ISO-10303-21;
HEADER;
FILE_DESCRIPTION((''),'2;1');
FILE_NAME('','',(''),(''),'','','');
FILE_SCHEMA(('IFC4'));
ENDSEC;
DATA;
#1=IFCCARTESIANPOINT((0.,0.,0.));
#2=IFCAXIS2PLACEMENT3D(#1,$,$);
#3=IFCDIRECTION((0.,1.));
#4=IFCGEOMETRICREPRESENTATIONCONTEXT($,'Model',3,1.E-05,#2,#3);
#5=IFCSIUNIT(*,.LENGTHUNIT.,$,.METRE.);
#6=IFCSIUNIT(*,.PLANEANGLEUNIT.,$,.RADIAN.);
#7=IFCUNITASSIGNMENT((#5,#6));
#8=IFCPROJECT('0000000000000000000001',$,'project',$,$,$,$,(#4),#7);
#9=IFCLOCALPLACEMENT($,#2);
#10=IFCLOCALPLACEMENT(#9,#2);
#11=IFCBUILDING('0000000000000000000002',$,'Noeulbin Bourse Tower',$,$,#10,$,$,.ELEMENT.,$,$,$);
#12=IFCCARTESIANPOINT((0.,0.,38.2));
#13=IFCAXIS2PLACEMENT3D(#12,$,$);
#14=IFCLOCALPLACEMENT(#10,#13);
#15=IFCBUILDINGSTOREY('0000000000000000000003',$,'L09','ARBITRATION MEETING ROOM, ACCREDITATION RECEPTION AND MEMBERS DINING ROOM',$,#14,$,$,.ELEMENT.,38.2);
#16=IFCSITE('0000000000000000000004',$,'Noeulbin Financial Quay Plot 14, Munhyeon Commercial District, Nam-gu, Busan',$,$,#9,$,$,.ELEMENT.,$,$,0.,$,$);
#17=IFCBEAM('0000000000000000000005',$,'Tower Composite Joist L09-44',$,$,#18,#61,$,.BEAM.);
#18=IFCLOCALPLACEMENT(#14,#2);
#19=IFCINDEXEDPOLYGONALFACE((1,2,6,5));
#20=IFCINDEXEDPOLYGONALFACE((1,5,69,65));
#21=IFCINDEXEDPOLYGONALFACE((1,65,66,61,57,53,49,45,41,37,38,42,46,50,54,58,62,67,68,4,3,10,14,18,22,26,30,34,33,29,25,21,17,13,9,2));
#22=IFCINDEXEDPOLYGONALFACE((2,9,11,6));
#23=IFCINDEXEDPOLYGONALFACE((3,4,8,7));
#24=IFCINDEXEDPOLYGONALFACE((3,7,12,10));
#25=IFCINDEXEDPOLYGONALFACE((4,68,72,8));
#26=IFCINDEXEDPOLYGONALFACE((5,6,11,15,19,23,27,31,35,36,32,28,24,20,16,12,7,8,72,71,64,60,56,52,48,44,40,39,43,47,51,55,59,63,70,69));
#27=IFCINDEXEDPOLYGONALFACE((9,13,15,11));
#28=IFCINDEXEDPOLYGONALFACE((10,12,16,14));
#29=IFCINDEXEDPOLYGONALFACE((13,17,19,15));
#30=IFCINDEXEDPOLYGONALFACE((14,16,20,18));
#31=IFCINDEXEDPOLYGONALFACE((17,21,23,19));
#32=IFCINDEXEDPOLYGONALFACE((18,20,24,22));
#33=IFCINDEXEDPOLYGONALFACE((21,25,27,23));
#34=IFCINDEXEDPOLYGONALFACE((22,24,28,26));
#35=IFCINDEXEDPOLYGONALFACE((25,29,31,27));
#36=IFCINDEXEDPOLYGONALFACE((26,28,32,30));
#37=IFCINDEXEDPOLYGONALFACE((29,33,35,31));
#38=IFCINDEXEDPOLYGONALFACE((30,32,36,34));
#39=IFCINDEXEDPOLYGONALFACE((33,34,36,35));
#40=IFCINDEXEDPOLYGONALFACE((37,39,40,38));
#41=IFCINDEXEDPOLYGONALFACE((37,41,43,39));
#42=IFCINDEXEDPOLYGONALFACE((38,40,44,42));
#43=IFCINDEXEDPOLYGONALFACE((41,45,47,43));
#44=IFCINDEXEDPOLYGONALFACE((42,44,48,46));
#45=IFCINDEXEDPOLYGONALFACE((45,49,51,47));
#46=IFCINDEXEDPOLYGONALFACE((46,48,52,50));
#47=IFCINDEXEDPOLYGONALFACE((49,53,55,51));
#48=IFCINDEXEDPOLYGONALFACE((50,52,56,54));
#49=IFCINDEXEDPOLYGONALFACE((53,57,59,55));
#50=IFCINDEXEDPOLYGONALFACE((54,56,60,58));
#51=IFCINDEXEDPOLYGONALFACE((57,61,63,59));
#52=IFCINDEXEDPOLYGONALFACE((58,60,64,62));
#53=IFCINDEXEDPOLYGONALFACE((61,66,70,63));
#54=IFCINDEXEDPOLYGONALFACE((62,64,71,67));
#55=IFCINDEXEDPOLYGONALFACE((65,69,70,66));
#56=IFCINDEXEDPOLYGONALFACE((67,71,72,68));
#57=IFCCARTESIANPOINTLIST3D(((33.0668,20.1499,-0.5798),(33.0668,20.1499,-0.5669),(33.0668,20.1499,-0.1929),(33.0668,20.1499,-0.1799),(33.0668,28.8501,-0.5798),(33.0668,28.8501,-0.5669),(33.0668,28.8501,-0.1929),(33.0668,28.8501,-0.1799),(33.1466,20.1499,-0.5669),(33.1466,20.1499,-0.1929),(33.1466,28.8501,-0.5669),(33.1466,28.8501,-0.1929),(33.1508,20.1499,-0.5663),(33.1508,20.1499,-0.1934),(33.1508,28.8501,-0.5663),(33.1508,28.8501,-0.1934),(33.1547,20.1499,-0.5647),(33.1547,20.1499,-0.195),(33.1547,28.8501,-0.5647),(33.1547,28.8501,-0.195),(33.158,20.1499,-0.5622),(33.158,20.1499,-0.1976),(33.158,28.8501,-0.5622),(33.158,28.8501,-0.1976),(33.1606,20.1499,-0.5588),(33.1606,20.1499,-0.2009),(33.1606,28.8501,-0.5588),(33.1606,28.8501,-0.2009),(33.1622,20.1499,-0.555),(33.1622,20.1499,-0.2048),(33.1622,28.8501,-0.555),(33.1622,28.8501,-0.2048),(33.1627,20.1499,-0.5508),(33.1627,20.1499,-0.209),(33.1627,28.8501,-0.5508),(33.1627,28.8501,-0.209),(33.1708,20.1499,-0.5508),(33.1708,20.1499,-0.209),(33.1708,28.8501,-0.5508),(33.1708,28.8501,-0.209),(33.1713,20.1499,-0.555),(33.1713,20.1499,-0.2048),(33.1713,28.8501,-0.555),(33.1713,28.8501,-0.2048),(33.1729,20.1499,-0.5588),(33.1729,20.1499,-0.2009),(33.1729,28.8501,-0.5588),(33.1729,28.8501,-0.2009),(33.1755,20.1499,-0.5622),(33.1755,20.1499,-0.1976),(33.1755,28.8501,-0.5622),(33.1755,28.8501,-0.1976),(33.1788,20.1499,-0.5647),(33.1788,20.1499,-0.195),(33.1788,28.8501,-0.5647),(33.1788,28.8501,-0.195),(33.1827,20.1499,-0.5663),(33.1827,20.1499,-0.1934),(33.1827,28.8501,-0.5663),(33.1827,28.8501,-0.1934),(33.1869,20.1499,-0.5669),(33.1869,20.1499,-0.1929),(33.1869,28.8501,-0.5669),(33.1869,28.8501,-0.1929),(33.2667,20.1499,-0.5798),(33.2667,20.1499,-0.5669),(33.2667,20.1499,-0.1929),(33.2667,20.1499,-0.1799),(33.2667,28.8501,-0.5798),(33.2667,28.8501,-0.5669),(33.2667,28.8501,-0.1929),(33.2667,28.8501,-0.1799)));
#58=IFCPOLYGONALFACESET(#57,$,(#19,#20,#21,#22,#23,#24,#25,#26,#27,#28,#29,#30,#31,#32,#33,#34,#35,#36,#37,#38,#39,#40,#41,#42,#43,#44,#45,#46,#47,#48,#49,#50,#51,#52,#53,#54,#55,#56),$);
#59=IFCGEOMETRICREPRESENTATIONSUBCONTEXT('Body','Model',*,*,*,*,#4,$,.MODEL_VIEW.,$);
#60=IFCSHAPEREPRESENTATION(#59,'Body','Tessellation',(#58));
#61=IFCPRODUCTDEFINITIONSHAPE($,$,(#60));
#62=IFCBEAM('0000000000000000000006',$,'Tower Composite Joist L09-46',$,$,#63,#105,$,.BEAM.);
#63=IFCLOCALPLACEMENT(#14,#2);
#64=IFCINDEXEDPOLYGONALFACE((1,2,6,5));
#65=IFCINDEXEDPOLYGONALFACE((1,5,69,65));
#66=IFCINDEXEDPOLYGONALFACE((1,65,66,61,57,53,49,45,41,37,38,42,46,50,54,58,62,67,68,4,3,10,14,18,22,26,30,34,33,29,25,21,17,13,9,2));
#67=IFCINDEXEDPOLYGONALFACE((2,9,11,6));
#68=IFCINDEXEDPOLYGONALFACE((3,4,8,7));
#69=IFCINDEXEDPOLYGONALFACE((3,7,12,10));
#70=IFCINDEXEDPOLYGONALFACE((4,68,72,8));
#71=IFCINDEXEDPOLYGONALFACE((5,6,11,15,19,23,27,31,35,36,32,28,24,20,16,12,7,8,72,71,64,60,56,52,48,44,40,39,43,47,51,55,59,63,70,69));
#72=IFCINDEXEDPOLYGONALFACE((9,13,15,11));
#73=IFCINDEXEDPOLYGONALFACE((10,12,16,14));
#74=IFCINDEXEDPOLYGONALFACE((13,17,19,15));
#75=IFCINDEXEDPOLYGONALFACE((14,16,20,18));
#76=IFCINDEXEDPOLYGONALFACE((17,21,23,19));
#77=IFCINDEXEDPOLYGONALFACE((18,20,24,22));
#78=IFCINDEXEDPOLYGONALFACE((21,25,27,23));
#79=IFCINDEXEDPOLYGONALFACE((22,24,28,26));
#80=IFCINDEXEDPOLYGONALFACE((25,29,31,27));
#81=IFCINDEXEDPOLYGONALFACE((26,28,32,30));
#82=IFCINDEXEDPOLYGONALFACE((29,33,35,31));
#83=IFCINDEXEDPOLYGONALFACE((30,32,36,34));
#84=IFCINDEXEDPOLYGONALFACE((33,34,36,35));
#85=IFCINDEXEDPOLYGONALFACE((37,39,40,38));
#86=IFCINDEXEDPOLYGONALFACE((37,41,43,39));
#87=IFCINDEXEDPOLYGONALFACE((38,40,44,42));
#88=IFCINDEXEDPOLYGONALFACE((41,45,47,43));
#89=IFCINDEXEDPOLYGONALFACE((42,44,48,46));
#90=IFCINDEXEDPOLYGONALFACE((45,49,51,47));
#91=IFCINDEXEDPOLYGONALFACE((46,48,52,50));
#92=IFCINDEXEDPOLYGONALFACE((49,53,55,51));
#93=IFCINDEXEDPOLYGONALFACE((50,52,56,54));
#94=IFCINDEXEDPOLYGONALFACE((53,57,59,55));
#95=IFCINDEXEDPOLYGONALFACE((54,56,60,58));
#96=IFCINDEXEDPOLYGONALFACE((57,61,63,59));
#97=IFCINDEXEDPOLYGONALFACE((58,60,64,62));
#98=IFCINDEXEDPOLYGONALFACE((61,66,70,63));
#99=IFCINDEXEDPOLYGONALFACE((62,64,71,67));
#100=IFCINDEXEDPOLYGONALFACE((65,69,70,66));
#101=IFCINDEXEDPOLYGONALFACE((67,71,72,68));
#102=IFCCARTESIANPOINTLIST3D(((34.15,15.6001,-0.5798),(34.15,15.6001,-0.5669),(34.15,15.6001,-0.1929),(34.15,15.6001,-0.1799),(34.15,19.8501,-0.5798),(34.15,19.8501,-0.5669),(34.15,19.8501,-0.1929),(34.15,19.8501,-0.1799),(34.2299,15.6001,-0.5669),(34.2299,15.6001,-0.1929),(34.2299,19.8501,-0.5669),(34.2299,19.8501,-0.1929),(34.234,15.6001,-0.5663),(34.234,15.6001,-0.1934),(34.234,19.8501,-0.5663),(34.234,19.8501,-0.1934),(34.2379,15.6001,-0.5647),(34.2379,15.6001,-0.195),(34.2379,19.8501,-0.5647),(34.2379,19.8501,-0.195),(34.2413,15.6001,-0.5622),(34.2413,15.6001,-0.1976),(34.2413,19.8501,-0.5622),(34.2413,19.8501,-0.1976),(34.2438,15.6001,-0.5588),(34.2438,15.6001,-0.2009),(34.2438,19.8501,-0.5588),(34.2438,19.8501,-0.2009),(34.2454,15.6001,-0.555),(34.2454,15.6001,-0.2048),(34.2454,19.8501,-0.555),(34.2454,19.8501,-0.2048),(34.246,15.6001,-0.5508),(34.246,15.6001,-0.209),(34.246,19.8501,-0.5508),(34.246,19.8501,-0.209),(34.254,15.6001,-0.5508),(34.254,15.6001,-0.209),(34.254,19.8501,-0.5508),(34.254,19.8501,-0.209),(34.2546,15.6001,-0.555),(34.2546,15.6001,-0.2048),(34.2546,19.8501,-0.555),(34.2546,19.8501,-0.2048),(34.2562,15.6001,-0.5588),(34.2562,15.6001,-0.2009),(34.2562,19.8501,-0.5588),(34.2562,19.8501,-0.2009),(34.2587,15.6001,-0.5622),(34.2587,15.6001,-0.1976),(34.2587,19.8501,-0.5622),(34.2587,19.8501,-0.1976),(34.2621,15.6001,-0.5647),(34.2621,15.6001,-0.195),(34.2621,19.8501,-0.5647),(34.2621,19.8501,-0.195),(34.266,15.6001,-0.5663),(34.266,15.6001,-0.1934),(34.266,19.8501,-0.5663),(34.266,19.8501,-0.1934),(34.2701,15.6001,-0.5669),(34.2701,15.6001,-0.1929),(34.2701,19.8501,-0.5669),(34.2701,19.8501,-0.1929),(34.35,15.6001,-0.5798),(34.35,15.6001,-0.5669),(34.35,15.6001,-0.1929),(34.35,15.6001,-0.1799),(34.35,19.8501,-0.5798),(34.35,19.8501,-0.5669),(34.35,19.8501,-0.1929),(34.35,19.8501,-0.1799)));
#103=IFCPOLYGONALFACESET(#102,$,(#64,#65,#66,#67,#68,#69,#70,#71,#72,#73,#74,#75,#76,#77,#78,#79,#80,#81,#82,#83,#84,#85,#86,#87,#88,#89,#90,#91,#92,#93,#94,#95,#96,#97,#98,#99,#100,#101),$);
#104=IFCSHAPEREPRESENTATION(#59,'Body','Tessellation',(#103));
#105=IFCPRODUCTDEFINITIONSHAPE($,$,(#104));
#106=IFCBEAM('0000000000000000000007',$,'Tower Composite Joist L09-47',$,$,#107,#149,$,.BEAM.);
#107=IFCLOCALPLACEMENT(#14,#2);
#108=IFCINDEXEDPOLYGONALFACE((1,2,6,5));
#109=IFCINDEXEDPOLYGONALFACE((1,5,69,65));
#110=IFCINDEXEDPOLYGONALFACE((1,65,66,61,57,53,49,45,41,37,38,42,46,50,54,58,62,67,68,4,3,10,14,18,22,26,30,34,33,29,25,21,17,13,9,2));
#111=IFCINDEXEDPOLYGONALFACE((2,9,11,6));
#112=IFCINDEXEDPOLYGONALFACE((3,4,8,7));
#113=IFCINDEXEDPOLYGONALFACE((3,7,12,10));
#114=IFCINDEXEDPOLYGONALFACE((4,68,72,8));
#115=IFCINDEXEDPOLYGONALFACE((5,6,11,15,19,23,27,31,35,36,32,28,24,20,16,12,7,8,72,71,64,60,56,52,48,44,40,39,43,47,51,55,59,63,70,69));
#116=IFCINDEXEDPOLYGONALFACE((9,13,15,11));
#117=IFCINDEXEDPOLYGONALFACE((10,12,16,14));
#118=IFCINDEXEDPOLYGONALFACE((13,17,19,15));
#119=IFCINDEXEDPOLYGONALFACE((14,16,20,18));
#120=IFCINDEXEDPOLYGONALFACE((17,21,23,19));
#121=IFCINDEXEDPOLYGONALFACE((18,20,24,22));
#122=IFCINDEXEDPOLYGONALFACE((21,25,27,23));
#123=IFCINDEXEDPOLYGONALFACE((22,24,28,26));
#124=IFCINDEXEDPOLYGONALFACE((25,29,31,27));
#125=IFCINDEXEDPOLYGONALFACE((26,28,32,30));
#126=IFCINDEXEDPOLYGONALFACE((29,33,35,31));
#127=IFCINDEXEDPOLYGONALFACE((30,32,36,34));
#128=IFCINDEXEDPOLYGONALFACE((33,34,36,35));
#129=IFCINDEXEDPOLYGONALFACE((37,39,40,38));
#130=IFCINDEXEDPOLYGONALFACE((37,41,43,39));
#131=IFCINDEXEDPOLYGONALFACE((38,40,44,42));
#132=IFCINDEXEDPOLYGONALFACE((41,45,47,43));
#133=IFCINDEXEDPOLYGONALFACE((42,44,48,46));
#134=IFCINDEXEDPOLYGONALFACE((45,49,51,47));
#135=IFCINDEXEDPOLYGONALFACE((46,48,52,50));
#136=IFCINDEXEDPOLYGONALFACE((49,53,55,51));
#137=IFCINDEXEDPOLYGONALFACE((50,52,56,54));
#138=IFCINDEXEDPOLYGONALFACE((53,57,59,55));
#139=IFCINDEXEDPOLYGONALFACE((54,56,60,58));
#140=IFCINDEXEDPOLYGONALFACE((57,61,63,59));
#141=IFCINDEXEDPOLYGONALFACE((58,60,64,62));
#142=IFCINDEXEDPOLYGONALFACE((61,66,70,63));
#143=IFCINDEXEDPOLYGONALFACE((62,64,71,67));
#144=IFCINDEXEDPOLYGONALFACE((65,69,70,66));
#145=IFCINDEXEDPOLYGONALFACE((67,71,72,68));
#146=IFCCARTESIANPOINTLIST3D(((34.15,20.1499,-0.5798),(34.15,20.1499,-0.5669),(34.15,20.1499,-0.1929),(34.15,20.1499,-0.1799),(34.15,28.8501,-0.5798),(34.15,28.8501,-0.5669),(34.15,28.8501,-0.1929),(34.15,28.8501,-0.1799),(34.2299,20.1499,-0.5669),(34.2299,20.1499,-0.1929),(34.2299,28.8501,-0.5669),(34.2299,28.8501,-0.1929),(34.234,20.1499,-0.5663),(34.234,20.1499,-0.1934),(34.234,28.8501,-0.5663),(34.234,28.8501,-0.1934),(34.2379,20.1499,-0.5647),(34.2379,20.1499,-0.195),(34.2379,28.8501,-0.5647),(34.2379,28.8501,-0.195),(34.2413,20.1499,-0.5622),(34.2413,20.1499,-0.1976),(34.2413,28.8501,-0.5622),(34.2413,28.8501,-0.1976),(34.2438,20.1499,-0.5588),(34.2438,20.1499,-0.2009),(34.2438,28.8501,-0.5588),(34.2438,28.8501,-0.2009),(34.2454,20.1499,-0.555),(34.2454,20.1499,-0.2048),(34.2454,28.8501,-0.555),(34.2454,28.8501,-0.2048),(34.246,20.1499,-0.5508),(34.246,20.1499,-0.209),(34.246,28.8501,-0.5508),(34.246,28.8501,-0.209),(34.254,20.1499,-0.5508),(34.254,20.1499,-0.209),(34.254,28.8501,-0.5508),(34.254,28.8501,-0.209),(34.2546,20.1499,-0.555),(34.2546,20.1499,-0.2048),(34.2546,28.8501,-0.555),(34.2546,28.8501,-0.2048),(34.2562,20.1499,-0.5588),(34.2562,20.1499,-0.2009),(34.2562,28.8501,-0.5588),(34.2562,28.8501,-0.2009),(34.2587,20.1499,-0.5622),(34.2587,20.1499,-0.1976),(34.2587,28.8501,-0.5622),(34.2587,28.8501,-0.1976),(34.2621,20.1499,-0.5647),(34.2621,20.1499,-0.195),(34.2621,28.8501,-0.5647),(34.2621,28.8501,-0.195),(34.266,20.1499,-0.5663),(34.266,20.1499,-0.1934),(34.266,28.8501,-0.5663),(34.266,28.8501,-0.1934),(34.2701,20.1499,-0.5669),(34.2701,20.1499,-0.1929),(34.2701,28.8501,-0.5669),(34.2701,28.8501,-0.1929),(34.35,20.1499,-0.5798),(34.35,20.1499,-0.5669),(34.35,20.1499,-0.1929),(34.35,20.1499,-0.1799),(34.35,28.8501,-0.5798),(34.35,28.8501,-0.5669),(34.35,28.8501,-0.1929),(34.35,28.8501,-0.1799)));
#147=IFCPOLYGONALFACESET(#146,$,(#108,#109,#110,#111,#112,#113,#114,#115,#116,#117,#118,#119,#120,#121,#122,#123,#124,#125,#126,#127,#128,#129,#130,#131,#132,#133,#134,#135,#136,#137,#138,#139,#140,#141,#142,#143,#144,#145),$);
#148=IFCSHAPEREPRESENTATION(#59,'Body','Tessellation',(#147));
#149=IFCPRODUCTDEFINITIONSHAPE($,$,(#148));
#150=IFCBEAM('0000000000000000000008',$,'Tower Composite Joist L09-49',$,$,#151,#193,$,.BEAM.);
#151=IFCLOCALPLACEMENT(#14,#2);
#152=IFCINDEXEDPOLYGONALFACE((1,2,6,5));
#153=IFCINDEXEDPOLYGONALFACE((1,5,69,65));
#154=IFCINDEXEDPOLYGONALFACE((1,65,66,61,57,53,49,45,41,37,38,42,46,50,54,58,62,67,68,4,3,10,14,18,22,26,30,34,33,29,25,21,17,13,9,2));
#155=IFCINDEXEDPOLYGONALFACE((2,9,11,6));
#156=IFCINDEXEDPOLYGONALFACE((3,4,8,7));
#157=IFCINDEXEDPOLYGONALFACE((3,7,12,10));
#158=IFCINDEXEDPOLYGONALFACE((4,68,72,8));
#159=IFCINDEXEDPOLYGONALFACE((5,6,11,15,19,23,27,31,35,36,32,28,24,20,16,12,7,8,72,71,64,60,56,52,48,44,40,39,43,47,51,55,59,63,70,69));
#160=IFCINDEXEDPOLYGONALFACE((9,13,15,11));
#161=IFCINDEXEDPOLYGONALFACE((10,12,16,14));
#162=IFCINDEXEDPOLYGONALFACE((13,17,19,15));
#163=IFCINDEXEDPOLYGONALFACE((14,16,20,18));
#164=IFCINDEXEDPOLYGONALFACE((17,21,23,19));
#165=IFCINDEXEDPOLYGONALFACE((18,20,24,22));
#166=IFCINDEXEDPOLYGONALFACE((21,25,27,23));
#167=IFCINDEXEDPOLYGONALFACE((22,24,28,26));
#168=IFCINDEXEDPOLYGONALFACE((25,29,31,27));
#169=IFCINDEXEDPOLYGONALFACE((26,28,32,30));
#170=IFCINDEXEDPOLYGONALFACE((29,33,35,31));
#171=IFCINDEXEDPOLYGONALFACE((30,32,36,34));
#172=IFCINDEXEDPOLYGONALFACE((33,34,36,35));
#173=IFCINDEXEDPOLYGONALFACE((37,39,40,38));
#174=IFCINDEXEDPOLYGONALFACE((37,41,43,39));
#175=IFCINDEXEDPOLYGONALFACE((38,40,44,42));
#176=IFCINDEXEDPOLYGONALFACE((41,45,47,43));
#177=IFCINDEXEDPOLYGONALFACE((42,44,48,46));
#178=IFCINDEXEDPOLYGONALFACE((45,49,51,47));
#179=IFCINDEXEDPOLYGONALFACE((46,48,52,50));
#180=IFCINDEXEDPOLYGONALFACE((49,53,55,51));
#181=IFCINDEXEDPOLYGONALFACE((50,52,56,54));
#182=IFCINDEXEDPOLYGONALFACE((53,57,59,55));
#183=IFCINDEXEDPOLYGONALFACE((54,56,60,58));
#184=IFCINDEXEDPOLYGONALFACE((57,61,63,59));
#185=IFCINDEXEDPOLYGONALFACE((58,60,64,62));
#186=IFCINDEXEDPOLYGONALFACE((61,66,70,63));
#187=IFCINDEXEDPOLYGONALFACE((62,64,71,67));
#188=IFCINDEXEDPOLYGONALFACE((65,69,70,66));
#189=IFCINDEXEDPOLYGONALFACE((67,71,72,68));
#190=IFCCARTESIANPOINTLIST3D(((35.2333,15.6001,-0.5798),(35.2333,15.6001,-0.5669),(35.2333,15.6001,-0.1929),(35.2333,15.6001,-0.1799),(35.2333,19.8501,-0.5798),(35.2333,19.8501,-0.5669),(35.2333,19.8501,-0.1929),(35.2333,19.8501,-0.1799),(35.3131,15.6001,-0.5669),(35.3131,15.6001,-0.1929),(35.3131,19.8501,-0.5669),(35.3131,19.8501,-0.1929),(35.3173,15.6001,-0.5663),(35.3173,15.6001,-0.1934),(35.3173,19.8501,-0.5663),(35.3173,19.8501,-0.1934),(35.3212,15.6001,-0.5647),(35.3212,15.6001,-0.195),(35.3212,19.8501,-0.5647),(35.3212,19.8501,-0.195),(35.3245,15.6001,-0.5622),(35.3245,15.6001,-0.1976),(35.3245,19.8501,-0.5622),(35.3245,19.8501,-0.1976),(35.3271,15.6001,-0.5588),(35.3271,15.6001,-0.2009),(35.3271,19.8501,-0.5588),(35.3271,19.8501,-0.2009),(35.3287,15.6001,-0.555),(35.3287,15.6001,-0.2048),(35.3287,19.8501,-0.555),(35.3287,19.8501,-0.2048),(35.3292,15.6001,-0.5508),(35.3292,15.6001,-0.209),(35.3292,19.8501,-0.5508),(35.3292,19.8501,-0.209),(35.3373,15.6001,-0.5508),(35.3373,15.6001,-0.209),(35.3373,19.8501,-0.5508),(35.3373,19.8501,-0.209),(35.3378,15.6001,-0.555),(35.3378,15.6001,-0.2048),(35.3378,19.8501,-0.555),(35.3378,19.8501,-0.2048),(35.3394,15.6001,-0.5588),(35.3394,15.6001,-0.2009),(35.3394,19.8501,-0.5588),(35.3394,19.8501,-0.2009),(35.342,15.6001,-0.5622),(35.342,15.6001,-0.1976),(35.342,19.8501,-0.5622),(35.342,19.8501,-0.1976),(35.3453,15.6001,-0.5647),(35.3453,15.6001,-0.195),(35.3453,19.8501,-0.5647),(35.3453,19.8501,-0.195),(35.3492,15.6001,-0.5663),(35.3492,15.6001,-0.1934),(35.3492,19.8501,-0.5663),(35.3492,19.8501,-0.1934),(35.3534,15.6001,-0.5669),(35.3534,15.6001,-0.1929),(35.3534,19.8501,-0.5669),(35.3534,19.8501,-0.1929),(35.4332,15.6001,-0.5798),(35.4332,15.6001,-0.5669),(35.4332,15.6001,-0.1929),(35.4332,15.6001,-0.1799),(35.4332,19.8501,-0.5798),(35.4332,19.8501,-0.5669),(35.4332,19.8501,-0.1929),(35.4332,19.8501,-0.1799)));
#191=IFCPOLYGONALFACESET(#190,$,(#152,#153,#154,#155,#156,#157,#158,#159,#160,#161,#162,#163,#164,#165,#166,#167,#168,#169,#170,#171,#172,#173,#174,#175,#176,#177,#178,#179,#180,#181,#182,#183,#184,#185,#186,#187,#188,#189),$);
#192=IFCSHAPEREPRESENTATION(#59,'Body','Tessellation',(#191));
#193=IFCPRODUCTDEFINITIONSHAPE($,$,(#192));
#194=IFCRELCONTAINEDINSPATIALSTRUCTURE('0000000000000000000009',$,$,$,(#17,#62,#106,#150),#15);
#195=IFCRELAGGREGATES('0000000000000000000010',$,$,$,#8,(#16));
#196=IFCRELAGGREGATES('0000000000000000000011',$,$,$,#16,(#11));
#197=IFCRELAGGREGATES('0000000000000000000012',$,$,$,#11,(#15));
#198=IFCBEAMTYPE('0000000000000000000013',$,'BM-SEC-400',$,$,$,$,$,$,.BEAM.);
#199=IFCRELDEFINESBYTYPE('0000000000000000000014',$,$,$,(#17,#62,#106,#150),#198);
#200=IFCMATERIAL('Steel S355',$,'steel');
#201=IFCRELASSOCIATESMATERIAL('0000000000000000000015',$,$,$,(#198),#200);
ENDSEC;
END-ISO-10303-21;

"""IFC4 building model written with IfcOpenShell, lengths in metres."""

from ifc_helpers import new_model, si_unit, direction, frame, origin, origin_2d, place, context, subcontext, project, spatial, i_section, extrude, material, material_profile, profile_set, type_object, element, save


model = new_model("IFC4")

# Units and contexts
model_context = context("Model", 3, precision=1e-05, world=origin(), true_north=direction((0.0, 1.0)))
body_context = subcontext(model_context, "Body", "Model", "MODEL_VIEW")
ifc_project = project(units=[si_unit("LENGTHUNIT", "METRE"), si_unit("PLANEANGLEUNIT", "RADIAN")], contexts=[model_context])

# Site, building, storey
site_placement = place(None, origin())
site = spatial("IfcSite", under=ifc_project, at=site_placement, Name="Noeulbin Financial Quay Plot 14, Munhyeon Commercial District, Nam-gu, Busan", CompositionType="ELEMENT", RefElevation=0.0)
building_placement = place(site_placement, origin())
building = spatial("IfcBuilding", under=site, at=building_placement, Name="Noeulbin Bourse Tower", CompositionType="ELEMENT")
storey_placement = place(building_placement, frame((0.0, 0.0, 38.2)))
storey = spatial("IfcBuildingStorey", under=building, at=storey_placement, Name="L09", Description="ARBITRATION MEETING ROOM, ACCREDITATION RECEPTION AND MEMBERS DINING ROOM", CompositionType="ELEMENT", Elevation=38.2)

# Beams
ifc_material_1 = material(Name="Steel S355", Category="steel")
ifc_material_profile_1 = material_profile(ifc_material_1, i_section(OverallWidth=0.2, OverallDepth=0.3999, WebThickness=0.0081, FlangeThickness=0.0129, FilletRadius=0.0161, at=origin_2d()), Name="H-400x200x8x13", Category="LoadBearing")
ifc_profile_set_1 = profile_set([ifc_material_profile_1], Name="Steel S355")
beam_type_1 = type_object("IfcBeamType", Name="BM-SEC-400", PredefinedType="BEAM", material=ifc_profile_set_1)
for number, where, z_axis, x_axis, name in (
    (1, (33.1667, 20.1499, -0.3799), (0.0, 1.0, 0.0), (-1.0, 0.0, 0.0), "Tower Composite Joist L09-44"),
):
    element("IfcBeam", number, at=place(storey_placement, frame(where, z_axis=z_axis, x_axis=x_axis)), inside=storey, type_object=beam_type_1, Name=name, PredefinedType="BEAM", context=body_context, shape_type="SweptSolid", body=[
        extrude(i_section(OverallWidth=0.2, OverallDepth=0.3999, WebThickness=0.0081, FlangeThickness=0.0129, FilletRadius=0.0161, at=origin_2d()), origin(), (0.0, 0.0, 1.0), 8.7002),
    ])
beam_1_placement = place(storey_placement, frame((34.25, 15.6001, -0.3799), z_axis=(0.0, 1.0, 0.0), x_axis=(-1.0, 0.0, 0.0)))
element("IfcBeam", 2, at=beam_1_placement, inside=storey, type_object=beam_type_1, Name="Tower Composite Joist L09-46", PredefinedType="BEAM", context=body_context, shape_type="SweptSolid", body=[
    extrude(i_section(OverallWidth=0.2, OverallDepth=0.3999, WebThickness=0.0081, FlangeThickness=0.0129, FilletRadius=0.0161, at=origin_2d()), origin(), (0.0, 0.0, 1.0), 4.25),
])
beam_2_placement = place(storey_placement, frame((34.25, 20.1499, -0.3799), z_axis=(0.0, 1.0, 0.0), x_axis=(-1.0, 0.0, 0.0)))
element("IfcBeam", 3, at=beam_2_placement, inside=storey, type_object=beam_type_1, Name="Tower Composite Joist L09-47", PredefinedType="BEAM", context=body_context, shape_type="SweptSolid", body=[
    extrude(i_section(OverallWidth=0.2, OverallDepth=0.3999, WebThickness=0.0081, FlangeThickness=0.0129, FilletRadius=0.0161, at=origin_2d()), origin(), (0.0, 0.0, 1.0), 8.7002),
])
beam_3_placement = place(storey_placement, frame((35.3333, 15.6001, -0.3799), z_axis=(0.0, 1.0, 0.0), x_axis=(-1.0, 0.0, 0.0)))
element("IfcBeam", 4, at=beam_3_placement, inside=storey, type_object=beam_type_1, Name="Tower Composite Joist L09-49", PredefinedType="BEAM", context=body_context, shape_type="SweptSolid", body=[
    extrude(i_section(OverallWidth=0.2, OverallDepth=0.3999, WebThickness=0.0081, FlangeThickness=0.0129, FilletRadius=0.0161, at=origin_2d()), origin(), (0.0, 0.0, 1.0), 4.25),
])

save(model, "model.ifc")
